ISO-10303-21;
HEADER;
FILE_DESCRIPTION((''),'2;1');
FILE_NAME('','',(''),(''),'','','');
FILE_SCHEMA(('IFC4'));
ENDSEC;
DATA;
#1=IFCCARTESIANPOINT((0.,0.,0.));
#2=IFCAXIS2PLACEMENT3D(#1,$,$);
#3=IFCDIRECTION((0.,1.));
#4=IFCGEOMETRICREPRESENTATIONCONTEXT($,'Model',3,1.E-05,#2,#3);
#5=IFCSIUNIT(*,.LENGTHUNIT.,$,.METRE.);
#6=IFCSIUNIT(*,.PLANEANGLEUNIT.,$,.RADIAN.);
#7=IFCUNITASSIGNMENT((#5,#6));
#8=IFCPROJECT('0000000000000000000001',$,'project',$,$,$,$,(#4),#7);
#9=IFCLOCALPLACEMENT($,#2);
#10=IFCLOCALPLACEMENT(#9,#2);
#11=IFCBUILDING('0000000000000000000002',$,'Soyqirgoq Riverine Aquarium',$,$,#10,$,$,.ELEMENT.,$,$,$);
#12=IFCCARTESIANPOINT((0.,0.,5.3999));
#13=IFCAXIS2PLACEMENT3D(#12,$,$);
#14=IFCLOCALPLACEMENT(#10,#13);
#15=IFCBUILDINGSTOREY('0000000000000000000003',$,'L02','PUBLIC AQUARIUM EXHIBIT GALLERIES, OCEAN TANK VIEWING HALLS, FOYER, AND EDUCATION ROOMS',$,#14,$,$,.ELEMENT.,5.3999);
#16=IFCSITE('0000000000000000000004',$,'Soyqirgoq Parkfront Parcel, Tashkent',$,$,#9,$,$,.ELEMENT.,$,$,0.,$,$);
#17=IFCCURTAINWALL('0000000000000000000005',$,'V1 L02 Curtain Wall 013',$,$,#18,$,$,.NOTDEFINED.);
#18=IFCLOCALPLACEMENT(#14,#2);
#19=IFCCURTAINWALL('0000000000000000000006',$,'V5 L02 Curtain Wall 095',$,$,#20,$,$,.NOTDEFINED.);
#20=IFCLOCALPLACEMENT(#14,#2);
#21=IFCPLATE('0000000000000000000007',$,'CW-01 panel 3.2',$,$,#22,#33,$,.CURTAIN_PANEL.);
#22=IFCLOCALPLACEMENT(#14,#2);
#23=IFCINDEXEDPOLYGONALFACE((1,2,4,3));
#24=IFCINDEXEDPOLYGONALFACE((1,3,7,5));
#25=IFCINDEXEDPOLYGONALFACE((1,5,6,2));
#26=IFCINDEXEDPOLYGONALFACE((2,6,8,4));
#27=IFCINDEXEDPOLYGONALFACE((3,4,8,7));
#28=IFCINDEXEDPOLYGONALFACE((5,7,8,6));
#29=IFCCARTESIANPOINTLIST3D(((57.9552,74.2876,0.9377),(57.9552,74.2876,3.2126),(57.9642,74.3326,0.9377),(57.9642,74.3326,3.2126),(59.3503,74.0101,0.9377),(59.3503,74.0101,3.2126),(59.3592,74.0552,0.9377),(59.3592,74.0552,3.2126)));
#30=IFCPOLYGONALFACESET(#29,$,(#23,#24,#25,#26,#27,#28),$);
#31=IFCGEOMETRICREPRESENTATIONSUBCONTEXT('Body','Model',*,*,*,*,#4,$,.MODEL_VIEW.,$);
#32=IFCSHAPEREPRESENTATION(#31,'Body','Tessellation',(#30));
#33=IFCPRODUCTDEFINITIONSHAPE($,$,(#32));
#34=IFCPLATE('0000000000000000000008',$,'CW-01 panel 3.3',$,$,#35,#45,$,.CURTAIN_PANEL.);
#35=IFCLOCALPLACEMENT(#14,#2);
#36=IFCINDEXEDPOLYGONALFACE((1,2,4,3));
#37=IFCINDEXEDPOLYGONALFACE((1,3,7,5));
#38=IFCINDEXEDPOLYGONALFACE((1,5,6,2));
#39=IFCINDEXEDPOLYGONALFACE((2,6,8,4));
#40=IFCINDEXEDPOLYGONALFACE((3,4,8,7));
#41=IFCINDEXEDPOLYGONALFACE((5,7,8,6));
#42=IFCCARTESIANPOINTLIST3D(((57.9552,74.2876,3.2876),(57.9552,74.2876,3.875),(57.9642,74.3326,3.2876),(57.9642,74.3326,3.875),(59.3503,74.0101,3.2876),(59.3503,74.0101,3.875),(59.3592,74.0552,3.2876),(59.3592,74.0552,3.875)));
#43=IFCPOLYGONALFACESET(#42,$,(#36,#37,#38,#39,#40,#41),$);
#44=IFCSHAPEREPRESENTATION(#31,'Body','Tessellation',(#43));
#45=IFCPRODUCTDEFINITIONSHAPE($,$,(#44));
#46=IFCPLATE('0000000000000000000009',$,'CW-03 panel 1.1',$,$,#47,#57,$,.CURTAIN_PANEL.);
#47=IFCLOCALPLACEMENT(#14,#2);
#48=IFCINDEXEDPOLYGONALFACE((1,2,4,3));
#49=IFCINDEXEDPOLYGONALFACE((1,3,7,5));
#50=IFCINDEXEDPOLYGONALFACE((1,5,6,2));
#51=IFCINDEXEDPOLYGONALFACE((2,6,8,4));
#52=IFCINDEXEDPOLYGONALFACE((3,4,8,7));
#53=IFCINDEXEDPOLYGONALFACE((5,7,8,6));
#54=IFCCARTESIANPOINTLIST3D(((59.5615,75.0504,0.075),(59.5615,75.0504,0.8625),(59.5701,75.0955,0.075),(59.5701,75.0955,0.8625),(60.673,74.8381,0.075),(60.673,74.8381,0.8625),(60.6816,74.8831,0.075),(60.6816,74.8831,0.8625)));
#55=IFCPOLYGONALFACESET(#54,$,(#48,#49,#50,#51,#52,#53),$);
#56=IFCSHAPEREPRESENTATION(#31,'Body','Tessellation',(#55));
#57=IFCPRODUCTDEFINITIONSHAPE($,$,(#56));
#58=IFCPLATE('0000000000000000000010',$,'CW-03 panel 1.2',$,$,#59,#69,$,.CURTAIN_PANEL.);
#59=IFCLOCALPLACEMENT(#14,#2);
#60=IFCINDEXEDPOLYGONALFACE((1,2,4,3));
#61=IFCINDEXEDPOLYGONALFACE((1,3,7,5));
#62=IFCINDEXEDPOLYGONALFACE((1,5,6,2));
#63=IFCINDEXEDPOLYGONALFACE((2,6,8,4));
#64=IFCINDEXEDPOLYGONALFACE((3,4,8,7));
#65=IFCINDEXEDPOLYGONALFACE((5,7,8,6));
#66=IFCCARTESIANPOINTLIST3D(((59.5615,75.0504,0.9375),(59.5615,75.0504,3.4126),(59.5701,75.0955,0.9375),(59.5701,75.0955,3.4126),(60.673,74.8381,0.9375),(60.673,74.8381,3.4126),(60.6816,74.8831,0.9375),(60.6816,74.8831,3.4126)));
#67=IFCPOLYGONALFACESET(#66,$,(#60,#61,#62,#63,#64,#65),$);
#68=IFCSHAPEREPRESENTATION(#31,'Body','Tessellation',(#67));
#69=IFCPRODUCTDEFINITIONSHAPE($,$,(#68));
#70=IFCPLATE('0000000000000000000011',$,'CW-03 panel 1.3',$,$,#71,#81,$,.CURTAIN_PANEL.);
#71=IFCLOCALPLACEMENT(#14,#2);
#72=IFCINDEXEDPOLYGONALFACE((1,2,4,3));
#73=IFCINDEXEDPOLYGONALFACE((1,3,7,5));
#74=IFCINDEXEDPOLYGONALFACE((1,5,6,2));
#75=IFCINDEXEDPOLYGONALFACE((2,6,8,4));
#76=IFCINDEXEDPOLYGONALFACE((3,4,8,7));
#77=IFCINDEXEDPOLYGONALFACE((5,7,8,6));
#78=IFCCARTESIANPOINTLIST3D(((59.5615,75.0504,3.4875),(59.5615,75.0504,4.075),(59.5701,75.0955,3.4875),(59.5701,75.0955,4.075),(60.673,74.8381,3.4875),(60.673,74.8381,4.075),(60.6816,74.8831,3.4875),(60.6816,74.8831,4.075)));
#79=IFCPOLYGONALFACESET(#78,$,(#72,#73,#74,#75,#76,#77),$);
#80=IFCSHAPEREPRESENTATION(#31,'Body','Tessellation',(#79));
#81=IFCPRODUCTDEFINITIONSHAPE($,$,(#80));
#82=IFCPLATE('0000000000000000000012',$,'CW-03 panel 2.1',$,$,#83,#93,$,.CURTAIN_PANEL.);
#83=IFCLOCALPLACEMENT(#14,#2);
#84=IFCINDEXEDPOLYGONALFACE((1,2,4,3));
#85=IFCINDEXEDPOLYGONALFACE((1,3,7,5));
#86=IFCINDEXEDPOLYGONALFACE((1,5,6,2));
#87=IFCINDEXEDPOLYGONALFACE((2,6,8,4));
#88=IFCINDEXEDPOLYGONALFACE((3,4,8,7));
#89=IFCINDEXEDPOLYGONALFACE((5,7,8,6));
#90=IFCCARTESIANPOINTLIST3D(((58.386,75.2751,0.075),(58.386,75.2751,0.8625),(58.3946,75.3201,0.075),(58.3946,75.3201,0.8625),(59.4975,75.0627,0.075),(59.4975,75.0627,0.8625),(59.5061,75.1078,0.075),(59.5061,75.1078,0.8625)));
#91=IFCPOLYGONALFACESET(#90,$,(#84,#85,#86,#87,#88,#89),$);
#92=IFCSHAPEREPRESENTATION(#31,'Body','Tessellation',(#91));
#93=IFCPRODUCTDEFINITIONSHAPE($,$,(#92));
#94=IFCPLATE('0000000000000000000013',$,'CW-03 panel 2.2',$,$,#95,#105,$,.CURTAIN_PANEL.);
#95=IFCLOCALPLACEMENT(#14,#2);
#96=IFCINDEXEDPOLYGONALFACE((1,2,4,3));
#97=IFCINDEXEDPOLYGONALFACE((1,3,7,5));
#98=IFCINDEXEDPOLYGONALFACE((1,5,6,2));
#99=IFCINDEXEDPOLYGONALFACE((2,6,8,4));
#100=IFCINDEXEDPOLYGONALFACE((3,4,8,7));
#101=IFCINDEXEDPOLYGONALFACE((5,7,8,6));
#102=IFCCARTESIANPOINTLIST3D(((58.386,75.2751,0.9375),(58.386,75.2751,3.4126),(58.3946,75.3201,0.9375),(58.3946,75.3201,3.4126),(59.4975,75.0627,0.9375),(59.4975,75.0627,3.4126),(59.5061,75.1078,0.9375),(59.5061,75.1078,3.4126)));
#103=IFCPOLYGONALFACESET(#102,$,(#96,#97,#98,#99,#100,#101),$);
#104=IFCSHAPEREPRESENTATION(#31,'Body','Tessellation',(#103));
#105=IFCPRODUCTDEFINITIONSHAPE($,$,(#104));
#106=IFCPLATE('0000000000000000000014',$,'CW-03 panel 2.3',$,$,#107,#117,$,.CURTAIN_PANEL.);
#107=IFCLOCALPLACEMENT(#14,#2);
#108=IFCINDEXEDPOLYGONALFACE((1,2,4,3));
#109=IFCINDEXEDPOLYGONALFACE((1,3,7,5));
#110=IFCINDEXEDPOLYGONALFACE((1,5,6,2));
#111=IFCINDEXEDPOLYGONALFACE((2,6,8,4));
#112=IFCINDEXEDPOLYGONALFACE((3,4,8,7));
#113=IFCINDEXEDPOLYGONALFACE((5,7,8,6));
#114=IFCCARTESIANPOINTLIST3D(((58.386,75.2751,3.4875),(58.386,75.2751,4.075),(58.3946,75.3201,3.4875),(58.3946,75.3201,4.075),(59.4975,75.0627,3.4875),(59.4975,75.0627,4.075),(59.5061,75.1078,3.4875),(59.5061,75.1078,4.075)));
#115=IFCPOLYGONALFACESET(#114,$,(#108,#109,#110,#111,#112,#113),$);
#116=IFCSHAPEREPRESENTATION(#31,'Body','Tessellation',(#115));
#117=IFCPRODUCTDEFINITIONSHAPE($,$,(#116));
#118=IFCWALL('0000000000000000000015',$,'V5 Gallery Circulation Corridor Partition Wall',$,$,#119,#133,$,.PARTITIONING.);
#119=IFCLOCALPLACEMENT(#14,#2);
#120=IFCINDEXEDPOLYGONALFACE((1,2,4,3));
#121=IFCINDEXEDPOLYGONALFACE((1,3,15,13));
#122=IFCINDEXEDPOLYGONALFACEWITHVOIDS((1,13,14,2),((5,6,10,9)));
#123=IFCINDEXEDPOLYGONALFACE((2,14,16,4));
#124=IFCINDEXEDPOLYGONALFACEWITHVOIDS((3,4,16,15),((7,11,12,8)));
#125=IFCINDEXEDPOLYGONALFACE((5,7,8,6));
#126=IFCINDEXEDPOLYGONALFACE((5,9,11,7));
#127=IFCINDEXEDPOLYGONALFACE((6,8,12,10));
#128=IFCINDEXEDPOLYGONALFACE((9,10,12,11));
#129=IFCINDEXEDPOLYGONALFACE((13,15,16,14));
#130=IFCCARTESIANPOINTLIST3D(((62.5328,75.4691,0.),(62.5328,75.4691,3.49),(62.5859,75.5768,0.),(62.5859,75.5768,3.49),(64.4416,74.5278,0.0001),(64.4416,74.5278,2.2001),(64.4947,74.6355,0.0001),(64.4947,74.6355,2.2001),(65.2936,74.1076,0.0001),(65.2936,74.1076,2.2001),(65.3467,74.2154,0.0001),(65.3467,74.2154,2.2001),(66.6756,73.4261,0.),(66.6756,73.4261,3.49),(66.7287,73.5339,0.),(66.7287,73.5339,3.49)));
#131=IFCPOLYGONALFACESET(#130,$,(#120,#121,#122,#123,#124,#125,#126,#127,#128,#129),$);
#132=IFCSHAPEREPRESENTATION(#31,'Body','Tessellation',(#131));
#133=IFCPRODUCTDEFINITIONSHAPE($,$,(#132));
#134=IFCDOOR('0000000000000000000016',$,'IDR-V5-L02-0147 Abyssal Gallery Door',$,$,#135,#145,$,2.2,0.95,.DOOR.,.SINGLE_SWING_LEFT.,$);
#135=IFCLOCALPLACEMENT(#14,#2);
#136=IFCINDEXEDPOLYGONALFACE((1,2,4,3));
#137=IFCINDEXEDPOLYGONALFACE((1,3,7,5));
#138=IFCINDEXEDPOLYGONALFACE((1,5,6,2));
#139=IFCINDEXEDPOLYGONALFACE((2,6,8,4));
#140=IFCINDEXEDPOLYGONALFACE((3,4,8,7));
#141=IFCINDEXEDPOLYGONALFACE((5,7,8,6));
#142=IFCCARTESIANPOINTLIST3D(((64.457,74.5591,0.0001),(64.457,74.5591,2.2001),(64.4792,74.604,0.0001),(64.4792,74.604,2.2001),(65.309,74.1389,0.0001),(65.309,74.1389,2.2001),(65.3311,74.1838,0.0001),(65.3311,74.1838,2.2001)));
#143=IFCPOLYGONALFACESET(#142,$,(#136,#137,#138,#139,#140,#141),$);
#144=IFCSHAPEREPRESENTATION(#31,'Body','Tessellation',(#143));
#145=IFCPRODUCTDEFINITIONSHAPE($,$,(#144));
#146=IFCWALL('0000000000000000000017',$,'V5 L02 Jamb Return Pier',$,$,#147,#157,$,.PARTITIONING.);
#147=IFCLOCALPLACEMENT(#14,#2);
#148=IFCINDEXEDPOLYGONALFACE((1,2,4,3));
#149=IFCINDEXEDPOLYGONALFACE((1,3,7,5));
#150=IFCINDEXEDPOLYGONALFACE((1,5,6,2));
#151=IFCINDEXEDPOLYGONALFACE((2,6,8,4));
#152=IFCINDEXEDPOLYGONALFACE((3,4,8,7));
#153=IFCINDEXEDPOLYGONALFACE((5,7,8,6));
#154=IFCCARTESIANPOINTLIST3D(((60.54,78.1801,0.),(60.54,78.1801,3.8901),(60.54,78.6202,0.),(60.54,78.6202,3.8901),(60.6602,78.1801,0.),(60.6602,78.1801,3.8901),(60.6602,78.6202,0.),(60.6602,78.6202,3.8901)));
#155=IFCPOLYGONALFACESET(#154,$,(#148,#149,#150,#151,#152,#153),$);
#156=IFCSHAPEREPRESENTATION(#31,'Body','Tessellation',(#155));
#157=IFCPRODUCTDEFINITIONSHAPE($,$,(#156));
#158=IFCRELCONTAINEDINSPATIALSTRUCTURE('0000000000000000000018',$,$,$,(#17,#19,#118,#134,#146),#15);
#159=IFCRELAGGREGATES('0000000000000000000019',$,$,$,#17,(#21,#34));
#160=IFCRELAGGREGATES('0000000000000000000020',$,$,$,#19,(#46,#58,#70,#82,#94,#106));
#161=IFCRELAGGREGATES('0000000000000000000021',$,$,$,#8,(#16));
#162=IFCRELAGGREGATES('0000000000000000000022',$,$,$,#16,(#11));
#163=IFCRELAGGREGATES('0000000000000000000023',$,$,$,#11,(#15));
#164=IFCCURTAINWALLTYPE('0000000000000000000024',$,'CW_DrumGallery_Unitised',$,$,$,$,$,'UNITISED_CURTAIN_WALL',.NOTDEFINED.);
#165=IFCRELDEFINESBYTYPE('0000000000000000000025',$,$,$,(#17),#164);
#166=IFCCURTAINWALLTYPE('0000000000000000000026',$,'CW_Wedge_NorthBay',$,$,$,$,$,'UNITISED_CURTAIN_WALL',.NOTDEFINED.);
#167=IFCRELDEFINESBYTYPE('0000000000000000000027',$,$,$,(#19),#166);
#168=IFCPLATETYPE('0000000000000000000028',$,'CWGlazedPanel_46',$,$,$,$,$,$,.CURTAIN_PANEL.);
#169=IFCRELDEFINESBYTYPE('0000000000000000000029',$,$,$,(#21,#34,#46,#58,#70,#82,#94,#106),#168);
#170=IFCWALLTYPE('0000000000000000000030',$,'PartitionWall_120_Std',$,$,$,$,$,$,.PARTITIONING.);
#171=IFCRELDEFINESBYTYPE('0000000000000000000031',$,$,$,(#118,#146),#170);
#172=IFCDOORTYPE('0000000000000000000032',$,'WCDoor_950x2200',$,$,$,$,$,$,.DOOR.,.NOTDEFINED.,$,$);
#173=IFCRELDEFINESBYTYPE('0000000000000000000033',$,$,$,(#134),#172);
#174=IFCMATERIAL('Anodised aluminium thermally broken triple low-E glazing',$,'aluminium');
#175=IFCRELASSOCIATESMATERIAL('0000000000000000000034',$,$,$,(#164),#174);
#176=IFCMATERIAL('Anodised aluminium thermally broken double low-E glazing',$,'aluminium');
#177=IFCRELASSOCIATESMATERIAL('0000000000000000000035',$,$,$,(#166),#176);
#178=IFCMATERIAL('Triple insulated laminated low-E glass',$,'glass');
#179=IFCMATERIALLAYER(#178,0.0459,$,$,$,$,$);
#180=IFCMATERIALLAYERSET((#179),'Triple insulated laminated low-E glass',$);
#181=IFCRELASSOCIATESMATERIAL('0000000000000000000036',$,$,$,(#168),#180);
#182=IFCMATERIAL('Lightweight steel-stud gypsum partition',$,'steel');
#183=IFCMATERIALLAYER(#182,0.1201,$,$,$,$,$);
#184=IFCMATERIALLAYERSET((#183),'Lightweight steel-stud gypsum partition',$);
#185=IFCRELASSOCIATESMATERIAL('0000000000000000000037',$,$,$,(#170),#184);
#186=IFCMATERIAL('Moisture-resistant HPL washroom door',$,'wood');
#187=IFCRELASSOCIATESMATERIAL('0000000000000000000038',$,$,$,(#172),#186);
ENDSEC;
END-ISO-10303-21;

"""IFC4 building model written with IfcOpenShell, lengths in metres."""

from ifc_helpers import new_model, si_unit, direction, frame, frame_2d, origin, origin_2d, place, context, subcontext, project, spatial, rectangle, extrude, material, layer, layer_set, type_object, element, fill, aggregate, save


model = new_model("IFC4")

# Units and contexts
model_context = context("Model", 3, precision=1e-05, world=origin(), true_north=direction((0.0, 1.0)))
body_context = subcontext(model_context, "Body", "Model", "MODEL_VIEW")
ifc_project = project(units=[si_unit("LENGTHUNIT", "METRE"), si_unit("PLANEANGLEUNIT", "RADIAN")], contexts=[model_context])

# Site, building, storey
site_placement = place(None, origin())
site = spatial("IfcSite", under=ifc_project, at=site_placement, Name="Soyqirgoq Parkfront Parcel, Tashkent", CompositionType="ELEMENT", RefElevation=0.0)
building_placement = place(site_placement, origin())
building = spatial("IfcBuilding", under=site, at=building_placement, Name="Soyqirgoq Riverine Aquarium", CompositionType="ELEMENT")
storey_placement = place(building_placement, frame((0.0, 0.0, 5.3999)))
storey = spatial("IfcBuildingStorey", under=building, at=storey_placement, Name="L02", Description="PUBLIC AQUARIUM EXHIBIT GALLERIES, OCEAN TANK VIEWING HALLS, FOYER, AND EDUCATION ROOMS", CompositionType="ELEMENT", Elevation=5.3999)

# Curtain wall
ifc_material_1 = material(Name="Anodised aluminium thermally broken triple low-E glazing", Category="aluminium")
curtain_wall_type_1 = type_object("IfcCurtainWallType", Name="CW_DrumGallery_Unitised", ElementType="UNITISED_CURTAIN_WALL", PredefinedType="NOTDEFINED", material=ifc_material_1)
curtain_wall_1_placement = place(storey_placement, origin())
curtain_wall_1 = element("IfcCurtainWall", 1, at=curtain_wall_1_placement, inside=storey, type_object=curtain_wall_type_1, Name="V1 L02 Curtain Wall 013", PredefinedType="NOTDEFINED")

# Curtain wall
ifc_material_2 = material(Name="Anodised aluminium thermally broken double low-E glazing", Category="aluminium")
curtain_wall_type_2 = type_object("IfcCurtainWallType", Name="CW_Wedge_NorthBay", ElementType="UNITISED_CURTAIN_WALL", PredefinedType="NOTDEFINED", material=ifc_material_2)
curtain_wall_2_placement = place(storey_placement, origin())
curtain_wall_2 = element("IfcCurtainWall", 2, at=curtain_wall_2_placement, inside=storey, type_object=curtain_wall_type_2, Name="V5 L02 Curtain Wall 095", PredefinedType="NOTDEFINED")

# Plates
ifc_material_3 = material(Name="Triple insulated laminated low-E glass", Category="glass")
ifc_layer_1 = layer(ifc_material_3, 0.0459)
ifc_layer_set_1 = layer_set([ifc_layer_1], Name="Triple insulated laminated low-E glass")
plate_type = type_object("IfcPlateType", Name="CWGlazedPanel_46", PredefinedType="CURTAIN_PANEL", material=ifc_layer_set_1)
plate_1_placement = place(storey_placement, frame((58.6572, 74.1714, 0.9377), z_axis=(0.0, 0.0, 1.0), x_axis=(-0.980786, 0.195088, 0.0)))
plate_1 = element("IfcPlate", 3, at=plate_1_placement, type_object=plate_type, Name="CW-01 panel 3.2", PredefinedType="CURTAIN_PANEL", context=body_context, shape_type="SweptSolid", body=[
    extrude(rectangle(XDim=1.4224, YDim=0.0459, at=origin_2d()), origin(), (0.0, 0.0, 1.0), 2.2749),
])
plate_2_placement = place(storey_placement, frame((58.6572, 74.1714, 3.2876), z_axis=(0.0, 0.0, 1.0), x_axis=(-0.980786, 0.195088, 0.0)))
plate_2 = element("IfcPlate", 4, at=plate_2_placement, type_object=plate_type, Name="CW-01 panel 3.3", PredefinedType="CURTAIN_PANEL", context=body_context, shape_type="SweptSolid", body=[
    extrude(rectangle(XDim=1.4224, YDim=0.0459, at=origin_2d()), origin(), (0.0, 0.0, 1.0), 0.5874),
])
aggregate(curtain_wall_1, [plate_1, plate_2])
plate_3_placement = place(storey_placement, frame((60.1216, 74.9668, 0.075), z_axis=(0.0, 0.0, 1.0), x_axis=(-0.982229, 0.187684, 0.0)))
plate_3 = element("IfcPlate", 5, at=plate_3_placement, type_object=plate_type, Name="CW-03 panel 1.1", PredefinedType="CURTAIN_PANEL", context=body_context, shape_type="SweptSolid", body=[
    extrude(rectangle(XDim=1.1316, YDim=0.0459, at=origin_2d()), origin(), (0.0, 0.0, 1.0), 0.7876),
])
plate_4_placement = place(storey_placement, frame((60.1216, 74.9668, 0.9375), z_axis=(0.0, 0.0, 1.0), x_axis=(-0.982229, 0.187684, 0.0)))
plate_4 = element("IfcPlate", 6, at=plate_4_placement, type_object=plate_type, Name="CW-03 panel 1.2", PredefinedType="CURTAIN_PANEL", context=body_context, shape_type="SweptSolid", body=[
    extrude(rectangle(XDim=1.1316, YDim=0.0459, at=origin_2d()), origin(), (0.0, 0.0, 1.0), 2.4751),
])
plate_5_placement = place(storey_placement, frame((60.1216, 74.9668, 3.4875), z_axis=(0.0, 0.0, 1.0), x_axis=(-0.982229, 0.187684, 0.0)))
plate_5 = element("IfcPlate", 7, at=plate_5_placement, type_object=plate_type, Name="CW-03 panel 1.3", PredefinedType="CURTAIN_PANEL", context=body_context, shape_type="SweptSolid", body=[
    extrude(rectangle(XDim=1.1316, YDim=0.0459, at=origin_2d()), origin(), (0.0, 0.0, 1.0), 0.5874),
])
plate_6_placement = place(storey_placement, frame((58.946, 75.1914, 0.075), z_axis=(0.0, 0.0, 1.0), x_axis=(-0.982229, 0.187684, 0.0)))
plate_6 = element("IfcPlate", 8, at=plate_6_placement, type_object=plate_type, Name="CW-03 panel 2.1", PredefinedType="CURTAIN_PANEL", context=body_context, shape_type="SweptSolid", body=[
    extrude(rectangle(XDim=1.1316, YDim=0.0459, at=origin_2d()), origin(), (0.0, 0.0, 1.0), 0.7876),
])
plate_7_placement = place(storey_placement, frame((58.946, 75.1914, 0.9375), z_axis=(0.0, 0.0, 1.0), x_axis=(-0.982229, 0.187684, 0.0)))
plate_7 = element("IfcPlate", 9, at=plate_7_placement, type_object=plate_type, Name="CW-03 panel 2.2", PredefinedType="CURTAIN_PANEL", context=body_context, shape_type="SweptSolid", body=[
    extrude(rectangle(XDim=1.1316, YDim=0.0459, at=origin_2d()), origin(), (0.0, 0.0, 1.0), 2.4751),
])
plate_8_placement = place(storey_placement, frame((58.946, 75.1914, 3.4875), z_axis=(0.0, 0.0, 1.0), x_axis=(-0.982229, 0.187684, 0.0)))
plate_8 = element("IfcPlate", 10, at=plate_8_placement, type_object=plate_type, Name="CW-03 panel 2.3", PredefinedType="CURTAIN_PANEL", context=body_context, shape_type="SweptSolid", body=[
    extrude(rectangle(XDim=1.1316, YDim=0.0459, at=origin_2d()), origin(), (0.0, 0.0, 1.0), 0.5874),
])
aggregate(curtain_wall_2, [plate_3, plate_4, plate_5, plate_6, plate_7, plate_8])

# Wall, opening, door
ifc_material_4 = material(Name="Lightweight steel-stud gypsum partition", Category="steel")
ifc_layer_2 = layer(ifc_material_4, 0.1201)
ifc_layer_set_2 = layer_set([ifc_layer_2], Name="Lightweight steel-stud gypsum partition")
wall_type_1 = type_object("IfcWallType", Name="PartitionWall_120_Std", PredefinedType="PARTITIONING", material=ifc_layer_set_2)
wall_1_placement = place(storey_placement, frame((62.5593, 75.5229, 0.0), z_axis=(0.0, 0.0, 1.0), x_axis=(0.896877, -0.442281, 0.0)))
wall_1 = element("IfcWall", 11, at=wall_1_placement, inside=storey, type_object=wall_type_1, Name="V5 Gallery Circulation Corridor Partition Wall", PredefinedType="PARTITIONING", context=body_context, shape_type="SweptSolid", body=[
    extrude(rectangle(XDim=4.6191, YDim=0.1201, at=frame_2d((2.3096, 0.0))), origin(), (0.0, 0.0, 1.0), 3.49),
])
opening_1_placement = place(wall_1_placement, frame((2.1282, 0.0, 0.0)))
opening_1 = element("IfcOpeningElement", 12, at=opening_1_placement, cuts=wall_1, PredefinedType="OPENING", context=body_context, shape_type="SweptSolid", body=[
    extrude(rectangle(XDim=0.95, YDim=2.2, at=frame_2d((0.4751, 1.1001))), frame((0.0, 0.0701, 0.0), z_axis=(0.0, -1.0, 0.0), x_axis=(1.0, 0.0, 0.0)), (0.0, 0.0, 1.0), 0.1401),
])
ifc_material_5 = material(Name="Moisture-resistant HPL washroom door", Category="wood")
door_type = type_object("IfcDoorType", Name="WCDoor_950x2200", OperationType="NOTDEFINED", PredefinedType="DOOR", material=ifc_material_5)
door_placement = place(opening_1_placement, origin())
door = element("IfcDoor", 13, at=door_placement, inside=storey, type_object=door_type, Name="IDR-V5-L02-0147 Abyssal Gallery Door", OperationType="SINGLE_SWING_LEFT", OverallHeight=2.2, OverallWidth=0.95, PredefinedType="DOOR", context=body_context, shape_type="SweptSolid", body=[
    extrude(rectangle(XDim=0.95, YDim=2.2, at=frame_2d((0.4751, 1.1001))), frame((0.0, 0.0249, 0.0), z_axis=(0.0, -1.0, 0.0), x_axis=(1.0, 0.0, 0.0)), (0.0, 0.0, 1.0), 0.05),
])
fill(opening_1, door)

# Wall
wall_2_placement = place(storey_placement, frame((60.6001, 78.1799, 0.0), z_axis=(0.0, 0.0, 1.0), x_axis=(0.0, 1.0, 0.0)))
element("IfcWall", 14, at=wall_2_placement, inside=storey, type_object=wall_type_1, Name="V5 L02 Jamb Return Pier", PredefinedType="PARTITIONING", context=body_context, shape_type="SweptSolid", body=[
    extrude(rectangle(XDim=0.4402, YDim=0.1201, at=frame_2d((0.2202, 0.0))), origin(), (0.0, 0.0, 1.0), 3.8901),
])

save(model, "model.ifc")
